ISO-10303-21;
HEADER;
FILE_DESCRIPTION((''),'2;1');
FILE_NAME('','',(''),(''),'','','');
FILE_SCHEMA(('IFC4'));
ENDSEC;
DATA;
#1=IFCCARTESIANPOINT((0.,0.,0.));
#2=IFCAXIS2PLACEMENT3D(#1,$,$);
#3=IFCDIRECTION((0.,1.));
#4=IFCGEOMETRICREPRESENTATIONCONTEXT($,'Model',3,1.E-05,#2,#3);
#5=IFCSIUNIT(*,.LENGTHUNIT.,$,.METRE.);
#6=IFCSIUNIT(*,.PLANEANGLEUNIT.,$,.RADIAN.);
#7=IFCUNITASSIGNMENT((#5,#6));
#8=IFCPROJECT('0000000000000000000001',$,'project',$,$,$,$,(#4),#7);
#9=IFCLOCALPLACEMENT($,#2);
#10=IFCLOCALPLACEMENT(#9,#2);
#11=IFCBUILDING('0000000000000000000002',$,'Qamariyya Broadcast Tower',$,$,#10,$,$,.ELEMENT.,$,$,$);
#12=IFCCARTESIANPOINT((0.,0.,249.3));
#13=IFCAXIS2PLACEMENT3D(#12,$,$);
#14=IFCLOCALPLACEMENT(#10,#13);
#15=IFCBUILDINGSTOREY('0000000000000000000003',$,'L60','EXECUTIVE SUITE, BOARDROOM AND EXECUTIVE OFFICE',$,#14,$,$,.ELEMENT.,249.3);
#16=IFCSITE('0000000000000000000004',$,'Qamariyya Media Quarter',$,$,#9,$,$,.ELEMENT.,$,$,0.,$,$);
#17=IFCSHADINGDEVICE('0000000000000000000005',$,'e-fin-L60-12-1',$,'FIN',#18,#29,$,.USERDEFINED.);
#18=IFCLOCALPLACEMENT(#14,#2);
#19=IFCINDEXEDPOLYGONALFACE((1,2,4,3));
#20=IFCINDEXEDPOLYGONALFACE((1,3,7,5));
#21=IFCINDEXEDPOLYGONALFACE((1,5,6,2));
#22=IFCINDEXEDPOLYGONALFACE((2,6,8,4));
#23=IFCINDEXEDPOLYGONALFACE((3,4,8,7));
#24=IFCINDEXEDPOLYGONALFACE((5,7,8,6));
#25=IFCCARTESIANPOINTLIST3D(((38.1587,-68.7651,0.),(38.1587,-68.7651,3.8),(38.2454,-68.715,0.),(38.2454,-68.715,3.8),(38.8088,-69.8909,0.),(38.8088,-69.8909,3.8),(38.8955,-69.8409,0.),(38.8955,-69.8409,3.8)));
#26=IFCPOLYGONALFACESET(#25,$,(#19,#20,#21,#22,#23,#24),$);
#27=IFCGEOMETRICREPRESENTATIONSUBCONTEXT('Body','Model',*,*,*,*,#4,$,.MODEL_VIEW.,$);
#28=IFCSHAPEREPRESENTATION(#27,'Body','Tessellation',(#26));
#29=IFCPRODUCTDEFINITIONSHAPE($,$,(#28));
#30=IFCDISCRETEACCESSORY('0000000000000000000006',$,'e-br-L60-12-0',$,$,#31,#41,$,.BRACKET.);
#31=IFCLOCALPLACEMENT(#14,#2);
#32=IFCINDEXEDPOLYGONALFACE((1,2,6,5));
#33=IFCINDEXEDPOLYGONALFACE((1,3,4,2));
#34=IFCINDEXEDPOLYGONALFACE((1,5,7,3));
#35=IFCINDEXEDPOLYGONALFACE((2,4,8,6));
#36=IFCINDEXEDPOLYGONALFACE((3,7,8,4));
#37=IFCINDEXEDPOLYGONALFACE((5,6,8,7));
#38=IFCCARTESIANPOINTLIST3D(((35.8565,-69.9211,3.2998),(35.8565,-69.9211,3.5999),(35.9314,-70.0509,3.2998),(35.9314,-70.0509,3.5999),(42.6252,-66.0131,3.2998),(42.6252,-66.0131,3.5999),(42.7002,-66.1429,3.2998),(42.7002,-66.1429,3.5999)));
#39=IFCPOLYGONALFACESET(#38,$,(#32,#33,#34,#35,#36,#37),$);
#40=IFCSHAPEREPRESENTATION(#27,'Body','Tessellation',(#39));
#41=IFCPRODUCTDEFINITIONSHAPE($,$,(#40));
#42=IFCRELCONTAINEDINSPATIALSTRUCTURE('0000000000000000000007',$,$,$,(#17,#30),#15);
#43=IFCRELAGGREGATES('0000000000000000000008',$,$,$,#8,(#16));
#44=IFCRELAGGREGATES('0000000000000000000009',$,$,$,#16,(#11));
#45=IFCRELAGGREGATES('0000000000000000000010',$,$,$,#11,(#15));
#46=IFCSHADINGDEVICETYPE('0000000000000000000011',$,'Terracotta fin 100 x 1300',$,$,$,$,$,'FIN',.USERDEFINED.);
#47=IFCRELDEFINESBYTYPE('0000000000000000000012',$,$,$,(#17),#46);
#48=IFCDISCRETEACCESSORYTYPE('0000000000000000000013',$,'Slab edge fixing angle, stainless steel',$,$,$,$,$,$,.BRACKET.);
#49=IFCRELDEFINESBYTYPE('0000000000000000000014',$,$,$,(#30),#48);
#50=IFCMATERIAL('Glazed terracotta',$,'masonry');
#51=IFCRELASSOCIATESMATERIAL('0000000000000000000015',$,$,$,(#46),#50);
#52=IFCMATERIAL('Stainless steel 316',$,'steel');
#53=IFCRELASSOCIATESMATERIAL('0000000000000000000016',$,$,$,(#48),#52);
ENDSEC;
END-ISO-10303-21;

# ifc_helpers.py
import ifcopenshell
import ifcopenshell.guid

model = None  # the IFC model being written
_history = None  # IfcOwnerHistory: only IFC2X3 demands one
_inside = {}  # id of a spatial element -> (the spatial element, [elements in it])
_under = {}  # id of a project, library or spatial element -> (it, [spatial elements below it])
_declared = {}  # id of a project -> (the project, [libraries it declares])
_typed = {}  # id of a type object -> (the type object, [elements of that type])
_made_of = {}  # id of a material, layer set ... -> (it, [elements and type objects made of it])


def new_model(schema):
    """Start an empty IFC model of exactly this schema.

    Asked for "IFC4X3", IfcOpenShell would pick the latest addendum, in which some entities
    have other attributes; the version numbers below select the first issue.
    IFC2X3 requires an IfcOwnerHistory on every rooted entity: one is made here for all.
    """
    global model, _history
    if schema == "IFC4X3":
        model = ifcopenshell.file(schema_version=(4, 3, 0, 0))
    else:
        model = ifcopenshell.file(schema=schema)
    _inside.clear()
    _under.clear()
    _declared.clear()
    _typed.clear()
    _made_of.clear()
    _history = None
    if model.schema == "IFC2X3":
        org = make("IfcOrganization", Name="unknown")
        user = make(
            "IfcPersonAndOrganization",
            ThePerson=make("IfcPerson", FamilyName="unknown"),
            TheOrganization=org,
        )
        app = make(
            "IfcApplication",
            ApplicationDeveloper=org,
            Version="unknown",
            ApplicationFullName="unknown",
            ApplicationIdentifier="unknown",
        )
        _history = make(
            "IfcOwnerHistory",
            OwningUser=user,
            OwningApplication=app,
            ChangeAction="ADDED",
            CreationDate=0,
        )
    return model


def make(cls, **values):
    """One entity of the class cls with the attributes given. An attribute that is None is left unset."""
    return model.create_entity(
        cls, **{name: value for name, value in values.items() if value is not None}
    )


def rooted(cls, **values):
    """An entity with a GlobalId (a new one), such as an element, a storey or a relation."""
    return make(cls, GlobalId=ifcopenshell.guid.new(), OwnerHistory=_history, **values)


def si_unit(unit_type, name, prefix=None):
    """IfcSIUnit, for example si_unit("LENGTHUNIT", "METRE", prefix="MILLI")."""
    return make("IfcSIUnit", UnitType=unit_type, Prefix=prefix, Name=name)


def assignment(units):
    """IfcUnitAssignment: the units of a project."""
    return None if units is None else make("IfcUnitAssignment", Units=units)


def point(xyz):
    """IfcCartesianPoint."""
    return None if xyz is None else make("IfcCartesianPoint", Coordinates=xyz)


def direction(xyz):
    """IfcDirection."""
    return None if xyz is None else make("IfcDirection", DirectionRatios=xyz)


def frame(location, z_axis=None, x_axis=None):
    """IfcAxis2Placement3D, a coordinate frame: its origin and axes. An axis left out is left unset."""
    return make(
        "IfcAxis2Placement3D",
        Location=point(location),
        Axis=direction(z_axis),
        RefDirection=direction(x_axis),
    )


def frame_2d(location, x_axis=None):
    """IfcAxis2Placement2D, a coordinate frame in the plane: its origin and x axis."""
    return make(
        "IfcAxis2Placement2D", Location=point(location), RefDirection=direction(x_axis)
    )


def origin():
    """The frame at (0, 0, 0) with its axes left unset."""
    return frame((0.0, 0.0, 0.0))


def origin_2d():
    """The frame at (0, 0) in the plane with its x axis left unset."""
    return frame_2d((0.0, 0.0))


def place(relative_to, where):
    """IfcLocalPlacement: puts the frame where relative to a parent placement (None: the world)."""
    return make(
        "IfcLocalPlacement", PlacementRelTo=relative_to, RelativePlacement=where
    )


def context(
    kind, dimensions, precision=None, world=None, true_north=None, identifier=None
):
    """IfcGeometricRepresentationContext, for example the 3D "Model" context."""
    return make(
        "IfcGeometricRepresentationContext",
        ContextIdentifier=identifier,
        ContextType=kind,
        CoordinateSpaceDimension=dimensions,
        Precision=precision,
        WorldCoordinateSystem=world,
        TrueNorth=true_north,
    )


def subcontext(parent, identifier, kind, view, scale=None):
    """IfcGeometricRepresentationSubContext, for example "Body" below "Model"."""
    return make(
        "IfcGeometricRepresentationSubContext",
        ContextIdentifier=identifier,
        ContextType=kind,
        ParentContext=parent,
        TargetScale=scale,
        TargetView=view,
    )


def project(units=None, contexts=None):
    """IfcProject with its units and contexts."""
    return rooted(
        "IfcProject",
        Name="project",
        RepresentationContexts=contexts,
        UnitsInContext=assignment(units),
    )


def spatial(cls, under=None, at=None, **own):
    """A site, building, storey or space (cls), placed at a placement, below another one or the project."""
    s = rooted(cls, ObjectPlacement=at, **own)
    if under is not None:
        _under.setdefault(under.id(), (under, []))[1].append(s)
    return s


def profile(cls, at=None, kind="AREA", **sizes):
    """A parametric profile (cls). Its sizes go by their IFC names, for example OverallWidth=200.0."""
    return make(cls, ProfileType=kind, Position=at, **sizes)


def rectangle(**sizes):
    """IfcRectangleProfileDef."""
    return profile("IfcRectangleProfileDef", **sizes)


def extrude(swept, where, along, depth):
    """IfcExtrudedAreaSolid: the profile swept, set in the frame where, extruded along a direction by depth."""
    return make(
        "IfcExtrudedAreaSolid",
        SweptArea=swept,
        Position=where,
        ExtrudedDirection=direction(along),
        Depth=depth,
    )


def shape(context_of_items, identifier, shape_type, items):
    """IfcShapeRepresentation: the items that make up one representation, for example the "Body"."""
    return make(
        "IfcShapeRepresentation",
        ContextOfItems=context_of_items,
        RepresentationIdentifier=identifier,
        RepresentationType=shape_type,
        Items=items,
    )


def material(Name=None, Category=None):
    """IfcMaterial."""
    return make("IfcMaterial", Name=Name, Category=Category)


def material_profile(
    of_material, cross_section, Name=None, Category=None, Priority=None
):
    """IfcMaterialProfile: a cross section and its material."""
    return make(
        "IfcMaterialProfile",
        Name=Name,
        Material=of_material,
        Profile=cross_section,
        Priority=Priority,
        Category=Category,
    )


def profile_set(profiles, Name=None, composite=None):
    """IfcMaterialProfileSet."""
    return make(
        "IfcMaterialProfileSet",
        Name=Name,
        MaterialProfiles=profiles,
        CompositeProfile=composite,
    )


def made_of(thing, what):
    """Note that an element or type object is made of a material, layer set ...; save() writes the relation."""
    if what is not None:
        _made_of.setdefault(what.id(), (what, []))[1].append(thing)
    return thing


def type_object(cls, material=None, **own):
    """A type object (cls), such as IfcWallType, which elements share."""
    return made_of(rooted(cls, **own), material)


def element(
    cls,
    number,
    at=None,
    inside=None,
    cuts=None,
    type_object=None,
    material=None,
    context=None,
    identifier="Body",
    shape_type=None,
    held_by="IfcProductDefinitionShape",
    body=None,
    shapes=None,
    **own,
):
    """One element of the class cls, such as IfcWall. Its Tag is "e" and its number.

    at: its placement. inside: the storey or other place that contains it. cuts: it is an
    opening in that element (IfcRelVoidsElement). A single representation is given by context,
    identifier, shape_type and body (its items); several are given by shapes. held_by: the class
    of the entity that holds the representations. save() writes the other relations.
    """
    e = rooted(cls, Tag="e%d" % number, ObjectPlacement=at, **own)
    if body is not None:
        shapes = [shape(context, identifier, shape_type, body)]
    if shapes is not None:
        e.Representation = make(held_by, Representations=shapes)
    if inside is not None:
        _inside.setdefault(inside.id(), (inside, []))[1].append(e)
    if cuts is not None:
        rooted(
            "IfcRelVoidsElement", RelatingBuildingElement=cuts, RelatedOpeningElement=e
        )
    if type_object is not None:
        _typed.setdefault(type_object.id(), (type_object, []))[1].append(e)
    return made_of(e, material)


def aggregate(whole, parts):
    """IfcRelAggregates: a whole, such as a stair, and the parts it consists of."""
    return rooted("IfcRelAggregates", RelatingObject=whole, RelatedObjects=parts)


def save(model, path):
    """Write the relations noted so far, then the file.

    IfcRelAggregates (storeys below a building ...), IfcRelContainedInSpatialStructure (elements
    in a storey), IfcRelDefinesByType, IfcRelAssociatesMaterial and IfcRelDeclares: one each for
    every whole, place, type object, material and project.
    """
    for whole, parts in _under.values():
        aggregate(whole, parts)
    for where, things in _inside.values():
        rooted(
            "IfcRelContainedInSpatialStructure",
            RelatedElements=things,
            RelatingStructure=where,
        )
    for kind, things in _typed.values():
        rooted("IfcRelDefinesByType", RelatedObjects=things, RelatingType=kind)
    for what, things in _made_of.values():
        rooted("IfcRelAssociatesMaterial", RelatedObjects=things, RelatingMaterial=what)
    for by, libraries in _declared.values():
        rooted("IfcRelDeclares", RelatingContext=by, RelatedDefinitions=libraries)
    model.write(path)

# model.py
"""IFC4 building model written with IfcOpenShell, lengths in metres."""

from ifc_helpers import new_model, si_unit, direction, frame, origin, origin_2d, place, context, subcontext, project, spatial, rectangle, extrude, material, material_profile, profile_set, type_object, element, save


model = new_model("IFC4")

# Units and contexts
model_context = context("Model", 3, precision=1e-05, world=origin(), true_north=direction((0.0, 1.0)))
body_context = subcontext(model_context, "Body", "Model", "MODEL_VIEW")
ifc_project = project(units=[si_unit("LENGTHUNIT", "METRE"), si_unit("PLANEANGLEUNIT", "RADIAN")], contexts=[model_context])

# Site, building, storey
site_placement = place(None, origin())
site = spatial("IfcSite", under=ifc_project, at=site_placement, Name="Qamariyya Media Quarter", CompositionType="ELEMENT", RefElevation=0.0)
building_placement = place(site_placement, origin())
building = spatial("IfcBuilding", under=site, at=building_placement, Name="Qamariyya Broadcast Tower", CompositionType="ELEMENT")
storey_placement = place(building_placement, frame((0.0, 0.0, 249.3)))
storey = spatial("IfcBuildingStorey", under=building, at=storey_placement, Name="L60", Description="EXECUTIVE SUITE, BOARDROOM AND EXECUTIVE OFFICE", CompositionType="ELEMENT", Elevation=249.3)

# Shading device
ifc_material_1 = material(Name="Glazed terracotta", Category="masonry")
ifc_material_profile = material_profile(ifc_material_1, rectangle(XDim=1.3, YDim=0.1001, at=origin_2d()))
ifc_profile_set = profile_set([ifc_material_profile], Name="Glazed terracotta")
shading_device_type = type_object("IfcShadingDeviceType", Name="Terracotta fin 100 x 1300", ElementType="FIN", PredefinedType="USERDEFINED", material=ifc_profile_set)
shading_device_placement = place(storey_placement, frame((38.5271, -69.303, 0.0), z_axis=(0.0, 0.0, 1.0), x_axis=(0.5, -0.866025, 0.0)))
element("IfcShadingDevice", 1, at=shading_device_placement, inside=storey, type_object=shading_device_type, Name="e-fin-L60-12-1", ObjectType="FIN", PredefinedType="USERDEFINED", context=body_context, shape_type="SweptSolid", body=[
    extrude(rectangle(XDim=1.3, YDim=0.1001, at=origin_2d()), origin(), (0.0, 0.0, 1.0), 3.8),
])

# Discrete accessory
ifc_material_2 = material(Name="Stainless steel 316", Category="steel")
discrete_accessory_type = type_object("IfcDiscreteAccessoryType", Name="Slab edge fixing angle, stainless steel", PredefinedType="BRACKET", material=ifc_material_2)
discrete_accessory_placement = place(storey_placement, frame((39.2783, -68.032, 3.2998), z_axis=(0.0, 0.0, 1.0), x_axis=(0.866025, 0.5, 0.0)))
element("IfcDiscreteAccessory", 2, at=discrete_accessory_placement, inside=storey, type_object=discrete_accessory_type, Name="e-br-L60-12-0", PredefinedType="BRACKET", context=body_context, shape_type="SweptSolid", body=[
    extrude(rectangle(XDim=7.8159, YDim=0.1499, at=origin_2d()), origin(), (0.0, 0.0, 1.0), 0.3),
])

save(model, "model.ifc")
